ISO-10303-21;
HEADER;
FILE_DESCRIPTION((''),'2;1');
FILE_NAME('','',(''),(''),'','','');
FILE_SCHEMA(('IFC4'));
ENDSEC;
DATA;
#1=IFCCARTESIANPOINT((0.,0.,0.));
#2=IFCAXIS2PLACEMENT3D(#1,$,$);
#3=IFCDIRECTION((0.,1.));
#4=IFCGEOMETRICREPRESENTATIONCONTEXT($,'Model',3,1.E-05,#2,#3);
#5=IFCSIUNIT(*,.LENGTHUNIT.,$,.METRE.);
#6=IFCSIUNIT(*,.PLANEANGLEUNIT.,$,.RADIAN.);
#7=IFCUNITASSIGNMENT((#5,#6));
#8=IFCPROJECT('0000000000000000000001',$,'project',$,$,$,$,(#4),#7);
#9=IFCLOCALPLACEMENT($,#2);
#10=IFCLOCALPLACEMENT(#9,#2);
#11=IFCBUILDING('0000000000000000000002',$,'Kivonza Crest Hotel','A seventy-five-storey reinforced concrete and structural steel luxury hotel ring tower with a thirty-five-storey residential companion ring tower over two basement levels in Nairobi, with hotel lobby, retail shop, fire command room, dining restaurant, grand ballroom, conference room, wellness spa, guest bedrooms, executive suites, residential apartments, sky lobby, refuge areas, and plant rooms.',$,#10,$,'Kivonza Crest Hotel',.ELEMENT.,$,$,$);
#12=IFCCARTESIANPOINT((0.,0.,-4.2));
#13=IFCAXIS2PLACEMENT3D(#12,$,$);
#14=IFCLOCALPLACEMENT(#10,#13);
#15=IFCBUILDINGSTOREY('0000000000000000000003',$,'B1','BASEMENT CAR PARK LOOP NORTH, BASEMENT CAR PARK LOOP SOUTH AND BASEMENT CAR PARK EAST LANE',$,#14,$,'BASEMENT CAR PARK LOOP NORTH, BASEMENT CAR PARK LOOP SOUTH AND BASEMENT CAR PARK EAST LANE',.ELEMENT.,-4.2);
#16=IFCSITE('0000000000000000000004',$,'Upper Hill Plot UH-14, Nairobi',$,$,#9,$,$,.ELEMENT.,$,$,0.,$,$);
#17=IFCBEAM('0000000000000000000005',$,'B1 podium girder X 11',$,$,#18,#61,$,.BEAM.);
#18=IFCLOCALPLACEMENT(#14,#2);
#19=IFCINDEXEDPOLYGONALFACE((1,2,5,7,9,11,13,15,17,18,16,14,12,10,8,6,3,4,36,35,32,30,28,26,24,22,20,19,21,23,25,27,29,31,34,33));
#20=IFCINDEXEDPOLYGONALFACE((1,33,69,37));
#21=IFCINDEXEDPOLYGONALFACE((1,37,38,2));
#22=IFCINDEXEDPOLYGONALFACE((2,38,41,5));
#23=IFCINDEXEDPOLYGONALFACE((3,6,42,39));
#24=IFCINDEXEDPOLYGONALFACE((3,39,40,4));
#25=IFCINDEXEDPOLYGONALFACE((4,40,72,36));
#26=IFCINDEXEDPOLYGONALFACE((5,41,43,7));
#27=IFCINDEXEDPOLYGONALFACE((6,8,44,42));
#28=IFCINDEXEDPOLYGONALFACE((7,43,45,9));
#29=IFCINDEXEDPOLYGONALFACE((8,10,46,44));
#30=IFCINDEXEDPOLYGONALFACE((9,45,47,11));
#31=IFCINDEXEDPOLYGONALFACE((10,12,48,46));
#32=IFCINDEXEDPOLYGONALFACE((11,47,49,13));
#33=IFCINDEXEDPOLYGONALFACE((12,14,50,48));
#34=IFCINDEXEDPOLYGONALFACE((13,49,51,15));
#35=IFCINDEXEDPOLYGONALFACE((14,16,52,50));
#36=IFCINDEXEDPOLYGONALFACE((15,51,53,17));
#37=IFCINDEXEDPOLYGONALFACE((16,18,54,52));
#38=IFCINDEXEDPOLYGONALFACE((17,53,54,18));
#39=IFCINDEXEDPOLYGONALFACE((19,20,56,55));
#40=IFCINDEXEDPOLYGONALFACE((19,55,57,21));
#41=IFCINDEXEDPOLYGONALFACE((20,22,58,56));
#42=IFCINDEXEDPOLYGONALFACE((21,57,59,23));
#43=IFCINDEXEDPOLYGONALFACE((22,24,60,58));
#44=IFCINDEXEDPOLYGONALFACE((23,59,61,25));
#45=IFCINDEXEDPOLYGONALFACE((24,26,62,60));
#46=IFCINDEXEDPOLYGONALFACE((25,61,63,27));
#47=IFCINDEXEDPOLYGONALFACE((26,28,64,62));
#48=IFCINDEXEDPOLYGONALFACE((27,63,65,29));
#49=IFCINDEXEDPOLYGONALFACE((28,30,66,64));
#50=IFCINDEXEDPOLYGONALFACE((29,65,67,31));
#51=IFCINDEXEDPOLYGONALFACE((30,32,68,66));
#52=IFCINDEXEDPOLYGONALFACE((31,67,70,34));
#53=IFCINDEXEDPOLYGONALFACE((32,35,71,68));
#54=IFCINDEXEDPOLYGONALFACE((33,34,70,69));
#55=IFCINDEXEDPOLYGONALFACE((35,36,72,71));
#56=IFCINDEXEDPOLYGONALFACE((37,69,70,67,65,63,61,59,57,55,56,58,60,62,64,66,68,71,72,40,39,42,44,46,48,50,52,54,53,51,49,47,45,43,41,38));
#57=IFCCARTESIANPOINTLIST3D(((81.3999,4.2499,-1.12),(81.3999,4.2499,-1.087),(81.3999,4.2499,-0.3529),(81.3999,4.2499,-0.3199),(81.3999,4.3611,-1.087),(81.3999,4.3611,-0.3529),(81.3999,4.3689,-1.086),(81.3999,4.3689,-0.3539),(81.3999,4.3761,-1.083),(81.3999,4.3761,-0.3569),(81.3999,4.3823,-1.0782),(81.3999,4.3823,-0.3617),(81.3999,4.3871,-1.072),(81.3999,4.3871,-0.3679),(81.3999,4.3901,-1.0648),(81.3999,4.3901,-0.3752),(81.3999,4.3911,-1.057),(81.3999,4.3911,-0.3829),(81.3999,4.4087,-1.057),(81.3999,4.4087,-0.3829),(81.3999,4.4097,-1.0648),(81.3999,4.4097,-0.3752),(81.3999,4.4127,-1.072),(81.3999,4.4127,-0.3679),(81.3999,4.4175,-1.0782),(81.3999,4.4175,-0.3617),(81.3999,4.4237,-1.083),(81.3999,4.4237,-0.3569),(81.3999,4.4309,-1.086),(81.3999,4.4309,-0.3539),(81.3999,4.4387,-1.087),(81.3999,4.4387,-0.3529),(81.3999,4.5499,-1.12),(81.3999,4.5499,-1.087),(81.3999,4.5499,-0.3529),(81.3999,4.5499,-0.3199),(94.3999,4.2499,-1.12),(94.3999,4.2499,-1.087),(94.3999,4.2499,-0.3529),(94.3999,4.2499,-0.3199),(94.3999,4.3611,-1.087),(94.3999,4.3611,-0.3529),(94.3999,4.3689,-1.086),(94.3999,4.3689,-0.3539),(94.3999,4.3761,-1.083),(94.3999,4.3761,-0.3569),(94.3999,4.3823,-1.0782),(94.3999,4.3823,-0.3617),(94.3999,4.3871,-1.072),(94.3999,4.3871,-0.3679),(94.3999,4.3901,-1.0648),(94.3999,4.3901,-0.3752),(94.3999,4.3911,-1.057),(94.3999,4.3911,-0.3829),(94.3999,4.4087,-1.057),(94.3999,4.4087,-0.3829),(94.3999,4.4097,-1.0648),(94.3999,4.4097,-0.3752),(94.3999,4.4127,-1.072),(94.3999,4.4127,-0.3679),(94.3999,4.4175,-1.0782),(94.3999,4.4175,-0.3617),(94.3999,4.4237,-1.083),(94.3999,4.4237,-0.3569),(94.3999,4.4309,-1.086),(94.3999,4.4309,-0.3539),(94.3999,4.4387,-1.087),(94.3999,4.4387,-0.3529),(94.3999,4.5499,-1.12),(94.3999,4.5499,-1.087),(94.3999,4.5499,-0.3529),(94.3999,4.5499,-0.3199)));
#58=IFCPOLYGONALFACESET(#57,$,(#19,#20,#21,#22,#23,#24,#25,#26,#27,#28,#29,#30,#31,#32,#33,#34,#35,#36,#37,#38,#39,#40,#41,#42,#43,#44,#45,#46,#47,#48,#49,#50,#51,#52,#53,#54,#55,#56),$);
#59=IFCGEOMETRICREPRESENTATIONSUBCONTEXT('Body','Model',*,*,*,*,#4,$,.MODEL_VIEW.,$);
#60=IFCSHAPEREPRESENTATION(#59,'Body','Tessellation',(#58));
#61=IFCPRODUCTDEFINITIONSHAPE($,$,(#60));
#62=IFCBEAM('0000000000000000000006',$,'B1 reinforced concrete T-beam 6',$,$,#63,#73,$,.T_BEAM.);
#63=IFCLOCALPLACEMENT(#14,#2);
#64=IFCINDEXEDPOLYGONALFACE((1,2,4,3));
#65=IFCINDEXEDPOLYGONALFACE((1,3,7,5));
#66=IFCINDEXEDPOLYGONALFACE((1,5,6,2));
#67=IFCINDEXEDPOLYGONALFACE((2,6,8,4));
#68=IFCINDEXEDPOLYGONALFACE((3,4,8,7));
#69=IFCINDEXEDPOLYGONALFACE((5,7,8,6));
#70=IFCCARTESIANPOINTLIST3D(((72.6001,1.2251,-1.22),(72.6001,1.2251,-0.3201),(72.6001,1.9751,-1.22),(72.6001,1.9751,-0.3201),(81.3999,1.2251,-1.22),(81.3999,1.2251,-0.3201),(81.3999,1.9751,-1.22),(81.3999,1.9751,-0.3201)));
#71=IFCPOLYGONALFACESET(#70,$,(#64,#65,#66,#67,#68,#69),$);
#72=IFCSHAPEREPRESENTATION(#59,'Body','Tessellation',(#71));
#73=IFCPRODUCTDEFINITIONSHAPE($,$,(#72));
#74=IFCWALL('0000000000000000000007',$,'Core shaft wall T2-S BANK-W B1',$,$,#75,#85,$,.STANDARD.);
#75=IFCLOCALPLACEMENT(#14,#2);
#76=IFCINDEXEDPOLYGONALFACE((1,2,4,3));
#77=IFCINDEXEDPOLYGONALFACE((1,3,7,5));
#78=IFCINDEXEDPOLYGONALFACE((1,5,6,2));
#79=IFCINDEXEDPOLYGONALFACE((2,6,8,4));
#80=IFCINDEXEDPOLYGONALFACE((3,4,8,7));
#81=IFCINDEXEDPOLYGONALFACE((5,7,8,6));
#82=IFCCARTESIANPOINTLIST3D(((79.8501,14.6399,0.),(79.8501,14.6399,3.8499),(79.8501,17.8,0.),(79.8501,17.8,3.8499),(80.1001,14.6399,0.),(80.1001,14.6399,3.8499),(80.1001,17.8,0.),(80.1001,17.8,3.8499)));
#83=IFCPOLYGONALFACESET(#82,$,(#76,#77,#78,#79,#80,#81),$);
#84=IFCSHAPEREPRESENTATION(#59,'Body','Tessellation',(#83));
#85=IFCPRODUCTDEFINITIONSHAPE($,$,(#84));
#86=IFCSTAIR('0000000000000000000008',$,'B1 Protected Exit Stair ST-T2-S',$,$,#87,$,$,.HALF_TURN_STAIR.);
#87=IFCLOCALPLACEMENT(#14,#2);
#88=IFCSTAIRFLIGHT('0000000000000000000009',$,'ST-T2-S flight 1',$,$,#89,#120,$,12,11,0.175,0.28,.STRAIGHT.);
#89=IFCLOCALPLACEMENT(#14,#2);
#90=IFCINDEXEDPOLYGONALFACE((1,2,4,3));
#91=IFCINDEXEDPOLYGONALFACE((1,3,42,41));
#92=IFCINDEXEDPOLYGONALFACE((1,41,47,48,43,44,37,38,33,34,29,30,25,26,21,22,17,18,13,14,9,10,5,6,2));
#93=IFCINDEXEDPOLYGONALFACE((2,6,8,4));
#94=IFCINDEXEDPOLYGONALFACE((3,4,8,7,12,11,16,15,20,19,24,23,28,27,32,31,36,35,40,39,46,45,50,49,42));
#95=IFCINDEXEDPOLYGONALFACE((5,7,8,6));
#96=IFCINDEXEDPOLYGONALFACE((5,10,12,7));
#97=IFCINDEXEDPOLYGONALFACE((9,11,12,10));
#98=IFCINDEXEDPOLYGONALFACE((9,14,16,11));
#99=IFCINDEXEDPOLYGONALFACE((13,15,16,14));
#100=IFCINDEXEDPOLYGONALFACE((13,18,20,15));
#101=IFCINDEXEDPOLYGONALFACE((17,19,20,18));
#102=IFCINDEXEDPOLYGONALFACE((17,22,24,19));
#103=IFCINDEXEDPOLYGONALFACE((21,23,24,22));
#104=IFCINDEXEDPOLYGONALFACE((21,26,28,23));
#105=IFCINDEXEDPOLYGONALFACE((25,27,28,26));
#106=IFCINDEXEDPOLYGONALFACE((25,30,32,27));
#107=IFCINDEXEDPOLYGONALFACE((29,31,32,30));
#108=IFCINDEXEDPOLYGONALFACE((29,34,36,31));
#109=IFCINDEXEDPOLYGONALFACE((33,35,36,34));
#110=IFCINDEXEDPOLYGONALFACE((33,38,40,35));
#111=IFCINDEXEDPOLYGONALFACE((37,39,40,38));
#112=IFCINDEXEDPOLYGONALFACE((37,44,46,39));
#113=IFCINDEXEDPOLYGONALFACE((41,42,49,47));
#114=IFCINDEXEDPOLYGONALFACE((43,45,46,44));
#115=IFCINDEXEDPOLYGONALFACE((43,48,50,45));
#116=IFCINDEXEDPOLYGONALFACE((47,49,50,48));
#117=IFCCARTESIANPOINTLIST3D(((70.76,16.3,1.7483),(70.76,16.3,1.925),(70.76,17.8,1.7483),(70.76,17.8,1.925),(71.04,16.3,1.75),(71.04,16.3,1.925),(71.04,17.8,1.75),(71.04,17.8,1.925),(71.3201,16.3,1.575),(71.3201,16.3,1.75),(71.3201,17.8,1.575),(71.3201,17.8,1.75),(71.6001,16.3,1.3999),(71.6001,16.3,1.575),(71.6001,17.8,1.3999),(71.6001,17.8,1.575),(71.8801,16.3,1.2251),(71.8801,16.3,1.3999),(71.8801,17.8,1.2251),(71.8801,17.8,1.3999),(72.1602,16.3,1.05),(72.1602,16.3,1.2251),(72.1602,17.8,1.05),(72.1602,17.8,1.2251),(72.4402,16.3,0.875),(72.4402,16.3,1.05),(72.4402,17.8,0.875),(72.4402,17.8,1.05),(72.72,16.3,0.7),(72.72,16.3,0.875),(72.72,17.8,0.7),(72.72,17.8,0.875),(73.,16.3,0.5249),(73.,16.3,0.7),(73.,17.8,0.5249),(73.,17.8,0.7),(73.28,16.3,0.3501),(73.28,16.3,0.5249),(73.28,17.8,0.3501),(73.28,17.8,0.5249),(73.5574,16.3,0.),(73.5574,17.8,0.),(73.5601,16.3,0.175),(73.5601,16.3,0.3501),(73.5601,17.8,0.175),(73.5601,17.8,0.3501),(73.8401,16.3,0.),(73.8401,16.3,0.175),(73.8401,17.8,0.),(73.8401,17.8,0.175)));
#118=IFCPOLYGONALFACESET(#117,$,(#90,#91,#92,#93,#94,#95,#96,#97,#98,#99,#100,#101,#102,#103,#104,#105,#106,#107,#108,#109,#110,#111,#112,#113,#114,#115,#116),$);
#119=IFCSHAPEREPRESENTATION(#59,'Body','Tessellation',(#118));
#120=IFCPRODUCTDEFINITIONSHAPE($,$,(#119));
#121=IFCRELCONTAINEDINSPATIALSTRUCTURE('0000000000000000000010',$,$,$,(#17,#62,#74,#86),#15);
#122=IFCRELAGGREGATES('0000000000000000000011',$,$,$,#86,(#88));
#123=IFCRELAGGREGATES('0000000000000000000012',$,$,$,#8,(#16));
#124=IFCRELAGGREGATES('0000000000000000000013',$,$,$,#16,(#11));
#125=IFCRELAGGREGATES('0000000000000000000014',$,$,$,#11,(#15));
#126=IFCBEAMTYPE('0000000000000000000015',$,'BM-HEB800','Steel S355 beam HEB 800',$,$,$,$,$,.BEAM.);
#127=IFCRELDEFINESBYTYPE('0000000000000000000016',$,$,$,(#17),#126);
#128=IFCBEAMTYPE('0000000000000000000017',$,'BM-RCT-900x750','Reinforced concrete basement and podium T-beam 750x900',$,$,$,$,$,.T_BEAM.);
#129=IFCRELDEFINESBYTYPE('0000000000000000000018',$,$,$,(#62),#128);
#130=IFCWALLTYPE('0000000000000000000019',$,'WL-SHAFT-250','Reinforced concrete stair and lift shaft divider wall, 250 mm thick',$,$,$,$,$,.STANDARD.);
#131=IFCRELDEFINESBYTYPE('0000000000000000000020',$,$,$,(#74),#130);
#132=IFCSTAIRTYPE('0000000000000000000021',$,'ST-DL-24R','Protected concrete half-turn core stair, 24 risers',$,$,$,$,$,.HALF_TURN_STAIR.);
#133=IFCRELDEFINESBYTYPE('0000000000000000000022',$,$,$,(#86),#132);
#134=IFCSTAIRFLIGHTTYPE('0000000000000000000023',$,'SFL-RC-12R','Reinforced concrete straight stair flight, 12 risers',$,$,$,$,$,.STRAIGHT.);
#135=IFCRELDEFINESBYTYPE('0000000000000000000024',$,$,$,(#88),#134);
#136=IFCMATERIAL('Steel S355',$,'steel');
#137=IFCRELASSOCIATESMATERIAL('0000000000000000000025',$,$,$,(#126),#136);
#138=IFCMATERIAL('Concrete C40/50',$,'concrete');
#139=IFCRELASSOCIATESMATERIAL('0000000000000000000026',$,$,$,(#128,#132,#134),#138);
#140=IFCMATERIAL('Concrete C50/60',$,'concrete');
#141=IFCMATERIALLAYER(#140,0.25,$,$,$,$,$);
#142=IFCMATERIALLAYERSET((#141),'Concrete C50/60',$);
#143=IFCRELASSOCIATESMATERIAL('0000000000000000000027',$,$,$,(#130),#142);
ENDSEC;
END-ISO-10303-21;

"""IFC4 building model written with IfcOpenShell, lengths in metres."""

from ifc_helpers import new_model, si_unit, direction, frame, frame_2d, origin, origin_2d, place, context, subcontext, project, spatial, polyline, rectangle, i_section, outline, extrude, material, layer, layer_set, material_profile, profile_set, type_object, element, aggregate, save


model = new_model("IFC4")

# Units and contexts
model_context = context("Model", 3, precision=1e-05, world=origin(), true_north=direction((0.0, 1.0)))
body_context = subcontext(model_context, "Body", "Model", "MODEL_VIEW")
ifc_project = project(units=[si_unit("LENGTHUNIT", "METRE"), si_unit("PLANEANGLEUNIT", "RADIAN")], contexts=[model_context])

# Site, building, storey
site_placement = place(None, origin())
site = spatial("IfcSite", under=ifc_project, at=site_placement, Name="Upper Hill Plot UH-14, Nairobi", CompositionType="ELEMENT", RefElevation=0.0)
building_placement = place(site_placement, origin())
building = spatial("IfcBuilding", under=site, at=building_placement, Name="Kivonza Crest Hotel", Description="A seventy-five-storey reinforced concrete and structural steel luxury hotel ring tower with a thirty-five-storey residential companion ring tower over two basement levels in Nairobi, with hotel lobby, retail shop, fire command room, dining restaurant, grand ballroom, conference room, wellness spa, guest bedrooms, executive suites, residential apartments, sky lobby, refuge areas, and plant rooms.", LongName="Kivonza Crest Hotel", CompositionType="ELEMENT")
storey_placement = place(building_placement, frame((0.0, 0.0, -4.2)))
storey = spatial("IfcBuildingStorey", under=building, at=storey_placement, Name="B1", Description="BASEMENT CAR PARK LOOP NORTH, BASEMENT CAR PARK LOOP SOUTH AND BASEMENT CAR PARK EAST LANE", LongName="BASEMENT CAR PARK LOOP NORTH, BASEMENT CAR PARK LOOP SOUTH AND BASEMENT CAR PARK EAST LANE", CompositionType="ELEMENT", Elevation=-4.2)

# Beams
ifc_material_1 = material(Name="Steel S355", Category="steel")
ifc_material_profile_1 = material_profile(ifc_material_1, i_section(OverallWidth=0.3, OverallDepth=0.8, WebThickness=0.0176, FlangeThickness=0.033, FilletRadius=0.03, at=origin_2d()), Name="HEB 800")
ifc_profile_set_1 = profile_set([ifc_material_profile_1], Name="Steel S355")
beam_type_1 = type_object("IfcBeamType", Name="BM-HEB800", Description="Steel S355 beam HEB 800", PredefinedType="BEAM", material=ifc_profile_set_1)
for number, where, z_axis, x_axis, name in (
    (1, (81.3999, 4.3999, -0.72), (1.0, 0.0, 0.0), (0.0, 1.0, 0.0), "B1 podium girder X 11"),
):
    element("IfcBeam", number, at=place(storey_placement, frame(where, z_axis=z_axis, x_axis=x_axis)), inside=storey, type_object=beam_type_1, Name=name, PredefinedType="BEAM", context=body_context, shape_type="SweptSolid", body=[
        extrude(i_section(OverallWidth=0.3, OverallDepth=0.8, WebThickness=0.0176, FlangeThickness=0.033, FilletRadius=0.03, at=origin_2d()), origin(), (0.0, 0.0, 1.0), 13.0),
    ])
ifc_material_2 = material(Name="Concrete C40/50", Category="concrete")
ifc_material_profile_2 = material_profile(ifc_material_2, rectangle(XDim=0.75, YDim=0.8999, at=origin_2d()), Name="RC 900x750")
ifc_profile_set_2 = profile_set([ifc_material_profile_2], Name="Concrete C40/50")
beam_type_2 = type_object("IfcBeamType", Name="BM-RCT-900x750", Description="Reinforced concrete basement and podium T-beam 750x900", PredefinedType="T_BEAM", material=ifc_profile_set_2)
beam_1_placement = place(storey_placement, frame((72.6001, 1.6001, -0.77), z_axis=(1.0, 0.0, 0.0), x_axis=(0.0, 1.0, 0.0)))
element("IfcBeam", 2, at=beam_1_placement, inside=storey, type_object=beam_type_2, Name="B1 reinforced concrete T-beam 6", PredefinedType="T_BEAM", context=body_context, shape_type="SweptSolid", body=[
    extrude(rectangle(XDim=0.75, YDim=0.8999, at=origin_2d()), origin(), (0.0, 0.0, 1.0), 8.7998),
])

# Shared definitions
ifc_material_3 = material(Name="Concrete C50/60", Category="concrete")
ifc_layer = layer(ifc_material_3, 0.25)
ifc_layer_set = layer_set([ifc_layer], Name="Concrete C50/60")
wall_type = type_object("IfcWallType", Name="WL-SHAFT-250", Description="Reinforced concrete stair and lift shaft divider wall, 250 mm thick", PredefinedType="STANDARD", material=ifc_layer_set)

# Wall
wall_1_placement = place(storey_placement, frame((79.9751, 14.6399, 0.0), z_axis=(0.0, 0.0, 1.0), x_axis=(0.0, 1.0, 0.0)))
element("IfcWall", 3, at=wall_1_placement, inside=storey, type_object=wall_type, Name="Core shaft wall T2-S BANK-W B1", PredefinedType="STANDARD", context=body_context, shape_type="SweptSolid", body=[
    extrude(rectangle(XDim=3.1602, YDim=0.25, at=frame_2d((1.5801, 0.0))), origin(), (0.0, 0.0, 1.0), 3.8499),
])

# Stair, stair flight
stair_type = type_object("IfcStairType", Name="ST-DL-24R", Description="Protected concrete half-turn core stair, 24 risers", PredefinedType="HALF_TURN_STAIR", material=ifc_material_2)
stair_placement = place(storey_placement, origin())
stair = element("IfcStair", 4, at=stair_placement, inside=storey, type_object=stair_type, Name="B1 Protected Exit Stair ST-T2-S", PredefinedType="HALF_TURN_STAIR")
stair_flight_type = type_object("IfcStairFlightType", Name="SFL-RC-12R", Description="Reinforced concrete straight stair flight, 12 risers", PredefinedType="STRAIGHT", material=ifc_material_2)
stair_flight_placement = place(storey_placement, frame((73.8401, 17.05, 0.0), z_axis=(0.0, 0.0, 1.0), x_axis=(-1.0, 0.0, 0.0)))
stair_flight = element("IfcStairFlight", 5, at=stair_flight_placement, type_object=stair_flight_type, Name="ST-T2-S flight 1", NumberOfRisers=12, NumberOfTreads=11, PredefinedType="STRAIGHT", RiserHeight=0.175, TreadLength=0.28, context=body_context, shape_type="SweptSolid", body=[
    extrude(outline(polyline([(0.0, 0.0), (0.0, 0.175), (0.28, 0.175), (0.28, 0.3501), (0.5601, 0.3501), (0.5601, 0.5249), (0.8401, 0.5249), (0.8401, 0.7), (1.1201, 0.7), (1.1201, 0.875), (1.3999, 0.875), (1.3999, 1.05), (1.6799, 1.05), (1.6799, 1.2251), (1.96, 1.2251), (1.96, 1.3999), (2.24, 1.3999), (2.24, 1.575), (2.52, 1.575), (2.52, 1.75), (2.8, 1.75), (2.8, 1.925), (3.0801, 1.925), (3.0801, 2.1001), (3.0801, 1.7483), (0.2827, 0.0), (0.0, 0.0)])), frame((0.0, 0.75, 0.0), z_axis=(0.0, -1.0, 0.0), x_axis=(1.0, 0.0, 0.0)), (0.0, 0.0, 1.0), 1.5),
])
aggregate(stair, [stair_flight])

save(model, "model.ifc")
